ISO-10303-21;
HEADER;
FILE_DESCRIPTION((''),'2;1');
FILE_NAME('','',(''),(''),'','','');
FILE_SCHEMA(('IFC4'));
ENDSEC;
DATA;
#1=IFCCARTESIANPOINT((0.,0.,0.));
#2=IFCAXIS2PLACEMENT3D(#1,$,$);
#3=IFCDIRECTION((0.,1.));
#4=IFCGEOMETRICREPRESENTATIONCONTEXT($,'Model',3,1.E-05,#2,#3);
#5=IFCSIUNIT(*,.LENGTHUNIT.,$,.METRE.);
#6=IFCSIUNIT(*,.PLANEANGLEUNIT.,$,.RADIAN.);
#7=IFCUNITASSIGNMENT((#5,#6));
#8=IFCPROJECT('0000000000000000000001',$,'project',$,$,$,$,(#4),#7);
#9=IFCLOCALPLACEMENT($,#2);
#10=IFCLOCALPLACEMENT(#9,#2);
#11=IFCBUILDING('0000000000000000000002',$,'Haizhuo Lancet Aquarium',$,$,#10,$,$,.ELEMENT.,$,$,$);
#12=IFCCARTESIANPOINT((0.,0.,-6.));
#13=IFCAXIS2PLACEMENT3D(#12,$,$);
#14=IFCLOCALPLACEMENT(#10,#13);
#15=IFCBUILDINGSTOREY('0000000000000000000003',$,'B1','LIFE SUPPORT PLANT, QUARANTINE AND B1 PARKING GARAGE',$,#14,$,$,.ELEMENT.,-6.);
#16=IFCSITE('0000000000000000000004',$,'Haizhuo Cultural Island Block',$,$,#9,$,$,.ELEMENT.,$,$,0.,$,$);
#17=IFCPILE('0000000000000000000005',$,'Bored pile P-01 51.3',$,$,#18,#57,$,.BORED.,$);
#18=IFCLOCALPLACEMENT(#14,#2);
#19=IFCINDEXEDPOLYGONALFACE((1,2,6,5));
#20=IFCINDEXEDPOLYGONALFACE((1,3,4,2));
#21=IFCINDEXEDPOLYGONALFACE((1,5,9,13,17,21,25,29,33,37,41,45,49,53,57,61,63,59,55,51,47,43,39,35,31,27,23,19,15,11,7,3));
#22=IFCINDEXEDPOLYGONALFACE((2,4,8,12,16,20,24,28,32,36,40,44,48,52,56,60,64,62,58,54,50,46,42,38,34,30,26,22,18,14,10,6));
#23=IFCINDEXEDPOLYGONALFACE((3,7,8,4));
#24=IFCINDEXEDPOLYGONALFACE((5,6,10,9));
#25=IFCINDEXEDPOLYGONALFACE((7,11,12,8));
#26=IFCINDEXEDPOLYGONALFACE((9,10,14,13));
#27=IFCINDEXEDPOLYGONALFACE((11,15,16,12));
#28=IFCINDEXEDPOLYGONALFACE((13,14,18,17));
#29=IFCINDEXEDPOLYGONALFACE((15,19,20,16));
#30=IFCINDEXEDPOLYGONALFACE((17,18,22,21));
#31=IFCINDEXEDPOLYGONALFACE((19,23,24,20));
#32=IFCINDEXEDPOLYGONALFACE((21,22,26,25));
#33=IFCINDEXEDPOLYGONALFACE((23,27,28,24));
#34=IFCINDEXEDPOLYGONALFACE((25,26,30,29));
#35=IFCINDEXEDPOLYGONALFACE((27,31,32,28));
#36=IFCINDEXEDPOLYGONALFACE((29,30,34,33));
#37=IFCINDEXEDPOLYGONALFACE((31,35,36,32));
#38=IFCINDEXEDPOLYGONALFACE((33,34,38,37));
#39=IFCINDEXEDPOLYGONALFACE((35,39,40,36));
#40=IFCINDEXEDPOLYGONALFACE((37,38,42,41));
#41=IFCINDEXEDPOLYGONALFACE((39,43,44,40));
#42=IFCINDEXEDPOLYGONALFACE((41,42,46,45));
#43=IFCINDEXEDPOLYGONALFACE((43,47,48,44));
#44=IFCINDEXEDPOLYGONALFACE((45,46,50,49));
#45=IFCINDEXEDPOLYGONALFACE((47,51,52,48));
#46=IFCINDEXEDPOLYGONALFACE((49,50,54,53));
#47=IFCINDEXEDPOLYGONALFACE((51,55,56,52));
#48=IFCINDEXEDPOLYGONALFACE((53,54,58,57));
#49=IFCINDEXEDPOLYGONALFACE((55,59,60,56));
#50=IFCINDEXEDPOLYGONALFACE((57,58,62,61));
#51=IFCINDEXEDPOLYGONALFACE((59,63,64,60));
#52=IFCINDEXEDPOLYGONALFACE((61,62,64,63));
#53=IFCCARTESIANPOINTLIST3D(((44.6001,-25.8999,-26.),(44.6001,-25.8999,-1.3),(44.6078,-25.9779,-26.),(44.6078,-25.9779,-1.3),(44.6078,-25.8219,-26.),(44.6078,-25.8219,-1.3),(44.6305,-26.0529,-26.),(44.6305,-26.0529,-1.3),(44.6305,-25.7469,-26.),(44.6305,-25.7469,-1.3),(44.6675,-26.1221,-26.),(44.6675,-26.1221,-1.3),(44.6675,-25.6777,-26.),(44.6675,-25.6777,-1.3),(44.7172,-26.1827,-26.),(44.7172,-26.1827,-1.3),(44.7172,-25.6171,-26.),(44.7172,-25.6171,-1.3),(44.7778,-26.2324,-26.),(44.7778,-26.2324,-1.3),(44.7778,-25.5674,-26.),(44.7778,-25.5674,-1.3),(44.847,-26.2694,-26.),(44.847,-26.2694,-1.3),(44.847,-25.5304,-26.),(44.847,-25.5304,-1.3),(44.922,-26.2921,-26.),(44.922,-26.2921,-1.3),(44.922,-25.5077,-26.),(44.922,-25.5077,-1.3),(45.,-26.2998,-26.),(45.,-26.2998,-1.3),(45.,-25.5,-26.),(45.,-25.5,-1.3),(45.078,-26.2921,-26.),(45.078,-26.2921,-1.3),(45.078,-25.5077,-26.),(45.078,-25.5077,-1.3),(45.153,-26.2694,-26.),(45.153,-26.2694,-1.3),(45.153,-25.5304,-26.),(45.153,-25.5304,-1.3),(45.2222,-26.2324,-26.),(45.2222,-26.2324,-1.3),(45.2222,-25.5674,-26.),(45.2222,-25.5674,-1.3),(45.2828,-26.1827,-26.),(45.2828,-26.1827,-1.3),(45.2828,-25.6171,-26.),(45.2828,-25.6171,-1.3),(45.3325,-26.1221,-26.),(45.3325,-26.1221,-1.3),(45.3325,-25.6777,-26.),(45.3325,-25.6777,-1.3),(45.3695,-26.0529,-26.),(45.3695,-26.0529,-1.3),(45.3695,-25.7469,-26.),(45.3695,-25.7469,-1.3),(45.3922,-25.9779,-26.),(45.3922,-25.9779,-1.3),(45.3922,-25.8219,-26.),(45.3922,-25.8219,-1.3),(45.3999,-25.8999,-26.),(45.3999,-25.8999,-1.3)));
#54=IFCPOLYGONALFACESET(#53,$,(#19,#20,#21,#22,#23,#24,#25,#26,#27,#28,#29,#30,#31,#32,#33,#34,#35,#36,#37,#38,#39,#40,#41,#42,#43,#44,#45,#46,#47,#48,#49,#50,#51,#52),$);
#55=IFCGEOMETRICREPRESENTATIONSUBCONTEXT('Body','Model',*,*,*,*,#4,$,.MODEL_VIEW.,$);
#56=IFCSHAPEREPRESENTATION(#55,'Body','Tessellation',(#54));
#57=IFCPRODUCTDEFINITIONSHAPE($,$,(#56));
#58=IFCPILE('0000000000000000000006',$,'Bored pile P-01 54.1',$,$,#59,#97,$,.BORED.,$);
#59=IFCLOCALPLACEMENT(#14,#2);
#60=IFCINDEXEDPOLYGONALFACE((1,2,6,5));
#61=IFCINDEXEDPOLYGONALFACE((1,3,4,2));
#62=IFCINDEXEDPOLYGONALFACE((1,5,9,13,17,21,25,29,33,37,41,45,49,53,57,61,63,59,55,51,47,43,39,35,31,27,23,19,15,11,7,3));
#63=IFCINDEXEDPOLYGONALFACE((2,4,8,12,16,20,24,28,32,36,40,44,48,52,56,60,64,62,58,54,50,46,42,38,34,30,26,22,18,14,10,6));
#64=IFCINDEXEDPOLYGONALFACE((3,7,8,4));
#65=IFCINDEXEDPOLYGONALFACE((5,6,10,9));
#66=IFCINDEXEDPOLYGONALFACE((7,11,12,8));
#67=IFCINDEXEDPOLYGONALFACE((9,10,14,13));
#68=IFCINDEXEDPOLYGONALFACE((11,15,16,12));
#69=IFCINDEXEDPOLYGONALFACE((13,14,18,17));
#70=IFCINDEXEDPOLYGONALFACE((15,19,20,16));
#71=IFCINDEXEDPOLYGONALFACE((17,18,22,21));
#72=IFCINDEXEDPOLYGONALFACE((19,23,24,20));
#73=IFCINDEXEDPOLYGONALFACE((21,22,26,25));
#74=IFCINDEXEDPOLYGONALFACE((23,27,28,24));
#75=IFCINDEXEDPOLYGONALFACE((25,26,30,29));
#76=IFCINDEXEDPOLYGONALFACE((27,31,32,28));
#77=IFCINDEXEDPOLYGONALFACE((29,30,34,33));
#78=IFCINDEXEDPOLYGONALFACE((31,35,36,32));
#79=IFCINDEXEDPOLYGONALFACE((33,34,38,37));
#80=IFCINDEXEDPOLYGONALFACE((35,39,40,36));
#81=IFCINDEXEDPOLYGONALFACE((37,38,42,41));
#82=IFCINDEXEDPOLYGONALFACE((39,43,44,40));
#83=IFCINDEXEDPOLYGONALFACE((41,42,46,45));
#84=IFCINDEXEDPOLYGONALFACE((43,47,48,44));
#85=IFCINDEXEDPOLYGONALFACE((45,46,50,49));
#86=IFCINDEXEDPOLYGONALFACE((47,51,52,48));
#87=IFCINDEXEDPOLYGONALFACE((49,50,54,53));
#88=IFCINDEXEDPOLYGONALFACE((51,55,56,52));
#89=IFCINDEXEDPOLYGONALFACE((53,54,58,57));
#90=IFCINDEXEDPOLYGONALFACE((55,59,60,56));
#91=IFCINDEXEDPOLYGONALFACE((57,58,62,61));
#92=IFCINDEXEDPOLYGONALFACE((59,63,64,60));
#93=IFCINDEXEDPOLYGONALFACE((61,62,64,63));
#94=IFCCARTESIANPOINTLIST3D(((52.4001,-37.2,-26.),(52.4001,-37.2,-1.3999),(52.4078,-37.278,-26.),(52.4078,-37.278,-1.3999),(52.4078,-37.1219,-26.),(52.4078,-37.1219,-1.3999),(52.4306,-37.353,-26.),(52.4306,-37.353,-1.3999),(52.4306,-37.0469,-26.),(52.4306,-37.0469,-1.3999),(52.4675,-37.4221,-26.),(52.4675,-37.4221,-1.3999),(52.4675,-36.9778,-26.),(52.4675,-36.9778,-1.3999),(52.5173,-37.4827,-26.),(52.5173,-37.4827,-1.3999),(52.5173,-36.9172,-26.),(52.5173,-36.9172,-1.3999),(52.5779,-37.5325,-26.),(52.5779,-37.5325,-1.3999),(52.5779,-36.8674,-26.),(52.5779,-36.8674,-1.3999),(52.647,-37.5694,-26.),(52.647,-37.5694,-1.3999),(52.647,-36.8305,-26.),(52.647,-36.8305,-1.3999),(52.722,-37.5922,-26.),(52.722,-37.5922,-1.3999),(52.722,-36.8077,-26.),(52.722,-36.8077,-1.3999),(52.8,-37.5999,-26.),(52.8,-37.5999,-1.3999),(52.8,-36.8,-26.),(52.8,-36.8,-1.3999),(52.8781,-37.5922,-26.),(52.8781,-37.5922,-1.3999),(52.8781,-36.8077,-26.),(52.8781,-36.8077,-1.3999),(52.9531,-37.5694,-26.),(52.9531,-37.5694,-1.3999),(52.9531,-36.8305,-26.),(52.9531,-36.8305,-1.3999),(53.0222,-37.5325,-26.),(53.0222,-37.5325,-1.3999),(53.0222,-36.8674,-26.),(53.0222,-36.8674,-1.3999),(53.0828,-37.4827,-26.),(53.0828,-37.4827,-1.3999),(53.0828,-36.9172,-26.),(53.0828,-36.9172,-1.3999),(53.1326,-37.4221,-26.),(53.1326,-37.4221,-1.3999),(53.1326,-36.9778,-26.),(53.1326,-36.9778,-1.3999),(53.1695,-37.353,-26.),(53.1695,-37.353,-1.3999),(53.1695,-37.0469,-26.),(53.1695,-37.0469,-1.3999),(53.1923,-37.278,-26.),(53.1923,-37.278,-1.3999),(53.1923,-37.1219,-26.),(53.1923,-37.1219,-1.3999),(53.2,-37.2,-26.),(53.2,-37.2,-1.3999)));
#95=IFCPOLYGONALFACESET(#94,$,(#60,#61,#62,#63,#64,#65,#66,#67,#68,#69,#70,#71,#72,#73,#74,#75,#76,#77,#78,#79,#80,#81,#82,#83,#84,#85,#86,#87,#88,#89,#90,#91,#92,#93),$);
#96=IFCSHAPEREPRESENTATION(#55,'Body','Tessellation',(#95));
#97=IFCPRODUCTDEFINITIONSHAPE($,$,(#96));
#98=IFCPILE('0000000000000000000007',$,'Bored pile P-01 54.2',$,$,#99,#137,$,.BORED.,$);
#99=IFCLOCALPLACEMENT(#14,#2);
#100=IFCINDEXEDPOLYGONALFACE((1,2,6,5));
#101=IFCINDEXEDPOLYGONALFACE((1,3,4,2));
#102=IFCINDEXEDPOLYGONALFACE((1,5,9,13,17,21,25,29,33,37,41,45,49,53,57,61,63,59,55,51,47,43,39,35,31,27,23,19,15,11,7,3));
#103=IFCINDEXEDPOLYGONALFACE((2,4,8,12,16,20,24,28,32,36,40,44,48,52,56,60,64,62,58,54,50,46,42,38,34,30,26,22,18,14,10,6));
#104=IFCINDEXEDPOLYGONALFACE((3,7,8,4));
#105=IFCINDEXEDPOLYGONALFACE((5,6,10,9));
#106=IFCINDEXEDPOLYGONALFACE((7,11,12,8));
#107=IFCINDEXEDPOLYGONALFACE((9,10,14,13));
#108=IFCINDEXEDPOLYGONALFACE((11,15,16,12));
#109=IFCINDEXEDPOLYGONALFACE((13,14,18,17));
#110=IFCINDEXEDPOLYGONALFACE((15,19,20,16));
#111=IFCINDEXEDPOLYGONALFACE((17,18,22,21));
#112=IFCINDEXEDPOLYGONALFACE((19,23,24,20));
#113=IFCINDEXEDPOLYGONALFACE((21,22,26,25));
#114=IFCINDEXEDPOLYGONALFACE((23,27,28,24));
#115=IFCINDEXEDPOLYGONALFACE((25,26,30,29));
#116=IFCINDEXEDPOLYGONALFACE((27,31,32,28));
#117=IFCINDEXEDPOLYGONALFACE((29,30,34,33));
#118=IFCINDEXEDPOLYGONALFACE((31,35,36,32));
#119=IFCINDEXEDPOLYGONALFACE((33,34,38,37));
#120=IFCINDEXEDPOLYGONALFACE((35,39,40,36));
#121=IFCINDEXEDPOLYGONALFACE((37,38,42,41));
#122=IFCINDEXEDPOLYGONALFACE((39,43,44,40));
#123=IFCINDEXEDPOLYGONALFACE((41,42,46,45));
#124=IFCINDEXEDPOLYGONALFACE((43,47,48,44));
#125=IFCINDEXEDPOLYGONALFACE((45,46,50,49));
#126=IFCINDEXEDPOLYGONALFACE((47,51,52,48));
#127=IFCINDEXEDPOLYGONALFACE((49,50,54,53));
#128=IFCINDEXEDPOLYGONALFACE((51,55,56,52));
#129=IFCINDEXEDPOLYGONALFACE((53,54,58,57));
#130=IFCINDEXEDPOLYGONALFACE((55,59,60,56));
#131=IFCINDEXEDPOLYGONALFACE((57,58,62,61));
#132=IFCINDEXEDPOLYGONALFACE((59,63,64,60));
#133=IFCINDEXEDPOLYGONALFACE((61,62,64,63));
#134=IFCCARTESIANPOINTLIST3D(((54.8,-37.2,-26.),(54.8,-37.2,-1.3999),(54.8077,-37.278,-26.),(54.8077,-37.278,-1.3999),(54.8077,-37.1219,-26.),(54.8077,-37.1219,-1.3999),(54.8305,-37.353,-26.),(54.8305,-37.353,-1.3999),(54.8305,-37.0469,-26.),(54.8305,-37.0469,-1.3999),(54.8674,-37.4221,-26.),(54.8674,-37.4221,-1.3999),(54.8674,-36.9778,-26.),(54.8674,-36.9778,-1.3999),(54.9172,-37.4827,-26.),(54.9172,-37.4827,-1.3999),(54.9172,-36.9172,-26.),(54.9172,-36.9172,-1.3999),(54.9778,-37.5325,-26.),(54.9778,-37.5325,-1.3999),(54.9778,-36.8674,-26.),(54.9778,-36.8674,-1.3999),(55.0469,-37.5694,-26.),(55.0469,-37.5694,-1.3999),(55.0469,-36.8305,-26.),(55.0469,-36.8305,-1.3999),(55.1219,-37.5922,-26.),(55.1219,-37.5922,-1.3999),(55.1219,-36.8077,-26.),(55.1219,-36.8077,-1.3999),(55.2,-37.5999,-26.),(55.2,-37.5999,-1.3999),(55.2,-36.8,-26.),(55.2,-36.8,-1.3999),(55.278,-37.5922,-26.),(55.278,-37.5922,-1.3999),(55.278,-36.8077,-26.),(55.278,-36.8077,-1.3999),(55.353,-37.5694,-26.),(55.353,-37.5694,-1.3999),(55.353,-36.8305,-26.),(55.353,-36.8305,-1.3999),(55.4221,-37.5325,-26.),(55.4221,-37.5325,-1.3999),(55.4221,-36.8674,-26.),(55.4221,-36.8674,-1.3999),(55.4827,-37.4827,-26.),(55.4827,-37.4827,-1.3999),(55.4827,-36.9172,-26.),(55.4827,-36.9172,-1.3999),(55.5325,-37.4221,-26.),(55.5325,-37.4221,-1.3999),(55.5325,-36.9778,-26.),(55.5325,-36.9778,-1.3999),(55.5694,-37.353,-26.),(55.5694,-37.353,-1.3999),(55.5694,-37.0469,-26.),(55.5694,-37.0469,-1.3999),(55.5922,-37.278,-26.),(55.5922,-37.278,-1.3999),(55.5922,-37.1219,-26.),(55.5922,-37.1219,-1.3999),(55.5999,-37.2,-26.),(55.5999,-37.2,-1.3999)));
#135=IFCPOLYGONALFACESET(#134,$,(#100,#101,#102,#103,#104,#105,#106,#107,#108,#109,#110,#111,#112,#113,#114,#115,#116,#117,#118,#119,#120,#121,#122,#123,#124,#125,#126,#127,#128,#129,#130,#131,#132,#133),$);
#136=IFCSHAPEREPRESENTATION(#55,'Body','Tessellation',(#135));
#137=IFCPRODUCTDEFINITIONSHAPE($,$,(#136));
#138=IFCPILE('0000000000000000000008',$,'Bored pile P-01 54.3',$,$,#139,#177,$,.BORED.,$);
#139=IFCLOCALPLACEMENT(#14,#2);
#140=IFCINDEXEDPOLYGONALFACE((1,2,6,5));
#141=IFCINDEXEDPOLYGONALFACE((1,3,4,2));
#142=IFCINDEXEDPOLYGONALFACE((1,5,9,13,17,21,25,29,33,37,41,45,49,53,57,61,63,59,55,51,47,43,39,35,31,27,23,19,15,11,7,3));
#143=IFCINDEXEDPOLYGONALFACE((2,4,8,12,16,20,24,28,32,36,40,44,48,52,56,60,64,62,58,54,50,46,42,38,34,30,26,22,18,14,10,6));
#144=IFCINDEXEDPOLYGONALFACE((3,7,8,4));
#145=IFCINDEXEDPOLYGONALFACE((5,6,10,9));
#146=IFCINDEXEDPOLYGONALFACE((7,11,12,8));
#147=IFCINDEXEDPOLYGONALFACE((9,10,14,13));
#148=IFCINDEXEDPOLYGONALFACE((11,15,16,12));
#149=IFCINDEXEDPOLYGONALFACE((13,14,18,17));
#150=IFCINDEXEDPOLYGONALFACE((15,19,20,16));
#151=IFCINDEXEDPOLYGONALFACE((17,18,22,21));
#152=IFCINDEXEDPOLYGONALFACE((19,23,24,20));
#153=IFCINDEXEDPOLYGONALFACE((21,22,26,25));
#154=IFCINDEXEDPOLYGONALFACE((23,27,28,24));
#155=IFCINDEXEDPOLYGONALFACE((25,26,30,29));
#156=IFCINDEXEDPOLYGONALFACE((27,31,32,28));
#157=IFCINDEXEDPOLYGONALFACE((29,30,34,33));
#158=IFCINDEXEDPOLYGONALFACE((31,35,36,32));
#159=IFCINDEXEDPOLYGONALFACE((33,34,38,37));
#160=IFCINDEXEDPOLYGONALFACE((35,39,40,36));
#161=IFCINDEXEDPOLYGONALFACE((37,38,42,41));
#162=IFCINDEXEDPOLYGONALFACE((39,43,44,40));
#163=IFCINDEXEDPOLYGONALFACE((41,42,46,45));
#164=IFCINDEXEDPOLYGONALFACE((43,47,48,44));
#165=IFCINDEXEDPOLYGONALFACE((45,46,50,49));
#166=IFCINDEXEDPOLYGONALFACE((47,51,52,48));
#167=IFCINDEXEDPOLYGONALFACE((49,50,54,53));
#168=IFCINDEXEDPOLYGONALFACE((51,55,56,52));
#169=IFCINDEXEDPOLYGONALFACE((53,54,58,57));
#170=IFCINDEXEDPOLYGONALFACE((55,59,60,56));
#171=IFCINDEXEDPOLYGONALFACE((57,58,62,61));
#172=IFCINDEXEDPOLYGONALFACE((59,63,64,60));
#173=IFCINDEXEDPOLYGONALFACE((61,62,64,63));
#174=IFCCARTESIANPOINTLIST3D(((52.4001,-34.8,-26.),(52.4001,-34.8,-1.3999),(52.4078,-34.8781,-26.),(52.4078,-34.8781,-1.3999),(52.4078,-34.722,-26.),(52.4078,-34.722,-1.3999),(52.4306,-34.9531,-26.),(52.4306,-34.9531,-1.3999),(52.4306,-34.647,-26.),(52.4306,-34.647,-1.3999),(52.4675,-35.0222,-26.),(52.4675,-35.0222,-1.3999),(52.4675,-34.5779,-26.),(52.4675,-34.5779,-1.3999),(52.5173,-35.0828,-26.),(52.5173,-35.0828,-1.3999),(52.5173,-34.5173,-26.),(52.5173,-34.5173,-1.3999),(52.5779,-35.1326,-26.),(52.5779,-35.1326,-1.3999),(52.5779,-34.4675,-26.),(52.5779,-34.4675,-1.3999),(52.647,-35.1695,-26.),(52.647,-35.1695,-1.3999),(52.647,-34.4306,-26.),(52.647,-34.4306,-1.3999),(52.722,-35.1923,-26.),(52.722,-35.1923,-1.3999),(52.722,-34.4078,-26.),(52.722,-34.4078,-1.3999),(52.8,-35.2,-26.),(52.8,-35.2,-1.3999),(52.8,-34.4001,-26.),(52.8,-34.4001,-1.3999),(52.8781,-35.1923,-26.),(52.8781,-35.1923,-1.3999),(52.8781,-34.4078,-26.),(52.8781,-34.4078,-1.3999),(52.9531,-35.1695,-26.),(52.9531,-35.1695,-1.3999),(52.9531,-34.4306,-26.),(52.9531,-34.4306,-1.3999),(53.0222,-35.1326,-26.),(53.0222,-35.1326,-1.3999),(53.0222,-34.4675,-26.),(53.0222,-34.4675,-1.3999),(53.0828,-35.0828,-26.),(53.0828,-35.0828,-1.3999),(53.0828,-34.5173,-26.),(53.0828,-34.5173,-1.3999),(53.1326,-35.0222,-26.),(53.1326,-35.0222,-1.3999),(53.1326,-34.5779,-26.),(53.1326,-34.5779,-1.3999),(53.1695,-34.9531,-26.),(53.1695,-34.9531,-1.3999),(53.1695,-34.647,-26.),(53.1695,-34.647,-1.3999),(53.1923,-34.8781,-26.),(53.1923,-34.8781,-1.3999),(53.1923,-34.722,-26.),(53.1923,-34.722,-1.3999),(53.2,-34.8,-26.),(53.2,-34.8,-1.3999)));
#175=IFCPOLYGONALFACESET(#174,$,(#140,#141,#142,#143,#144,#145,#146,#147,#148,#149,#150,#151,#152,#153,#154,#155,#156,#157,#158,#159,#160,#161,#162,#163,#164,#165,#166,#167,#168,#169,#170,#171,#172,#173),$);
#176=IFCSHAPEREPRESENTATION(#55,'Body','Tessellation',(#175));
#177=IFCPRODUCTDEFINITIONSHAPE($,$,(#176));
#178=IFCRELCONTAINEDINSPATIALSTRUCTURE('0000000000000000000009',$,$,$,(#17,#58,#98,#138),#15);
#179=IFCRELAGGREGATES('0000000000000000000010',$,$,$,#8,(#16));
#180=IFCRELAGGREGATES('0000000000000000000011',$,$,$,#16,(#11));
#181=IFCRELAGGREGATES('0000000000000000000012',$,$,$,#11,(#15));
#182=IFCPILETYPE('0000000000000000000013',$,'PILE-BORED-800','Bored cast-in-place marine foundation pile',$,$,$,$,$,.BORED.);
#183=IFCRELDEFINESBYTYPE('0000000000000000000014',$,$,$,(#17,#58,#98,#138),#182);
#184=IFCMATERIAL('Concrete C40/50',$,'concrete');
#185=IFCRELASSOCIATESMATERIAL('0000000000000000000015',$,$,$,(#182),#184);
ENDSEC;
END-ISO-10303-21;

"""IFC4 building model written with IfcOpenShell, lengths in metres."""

from ifc_helpers import new_model, si_unit, direction, frame, origin, origin_2d, place, context, subcontext, project, spatial, circle, extrude, material, material_profile, profile_set, type_object, element, save


model = new_model("IFC4")

# Units and contexts
model_context = context("Model", 3, precision=1e-05, world=origin(), true_north=direction((0.0, 1.0)))
body_context = subcontext(model_context, "Body", "Model", "MODEL_VIEW")
ifc_project = project(units=[si_unit("LENGTHUNIT", "METRE"), si_unit("PLANEANGLEUNIT", "RADIAN")], contexts=[model_context])

# Site, building, storey
site_placement = place(None, origin())
site = spatial("IfcSite", under=ifc_project, at=site_placement, Name="Haizhuo Cultural Island Block", CompositionType="ELEMENT", RefElevation=0.0)
building_placement = place(site_placement, origin())
building = spatial("IfcBuilding", under=site, at=building_placement, Name="Haizhuo Lancet Aquarium", CompositionType="ELEMENT")
storey_placement = place(building_placement, frame((0.0, 0.0, -6.0)))
storey = spatial("IfcBuildingStorey", under=building, at=storey_placement, Name="B1", Description="LIFE SUPPORT PLANT, QUARANTINE AND B1 PARKING GARAGE", CompositionType="ELEMENT", Elevation=-6.0)

# Shared definitions
ifc_material_1 = material(Name="Concrete C40/50", Category="concrete")

# Piles
ifc_material_profile_1 = material_profile(ifc_material_1, circle(Radius=0.3999, at=origin_2d()), Name="PILE-800")
ifc_profile_set_1 = profile_set([ifc_material_profile_1], Name="Concrete C40/50")
pile_type = type_object("IfcPileType", Name="PILE-BORED-800", Description="Bored cast-in-place marine foundation pile", PredefinedType="BORED", material=ifc_profile_set_1)
for number, where, z_axis, x_axis, name in (
    (1, (45.0, -25.8999, -1.3), (0.0, 0.0, -1.0), (1.0, 0.0, 0.0), "Bored pile P-01 51.3"),
):
    element("IfcPile", number, at=place(storey_placement, frame(where, z_axis=z_axis, x_axis=x_axis)), inside=storey, type_object=pile_type, Name=name, PredefinedType="BORED", context=body_context, shape_type="SweptSolid", body=[
        extrude(circle(Radius=0.3999, at=origin_2d()), origin(), (0.0, 0.0, 1.0), 24.7),
    ])
for number, where, z_axis, x_axis, name in (
    (2, (52.8, -37.2, -1.3999), (0.0, 0.0, -1.0), (1.0, 0.0, 0.0), "Bored pile P-01 54.1"),
    (3, (55.2, -37.2, -1.3999), (0.0, 0.0, -1.0), (1.0, 0.0, 0.0), "Bored pile P-01 54.2"),
    (4, (52.8, -34.8, -1.3999), (0.0, 0.0, -1.0), (1.0, 0.0, 0.0), "Bored pile P-01 54.3"),
):
    element("IfcPile", number, at=place(storey_placement, frame(where, z_axis=z_axis, x_axis=x_axis)), inside=storey, type_object=pile_type, Name=name, PredefinedType="BORED", context=body_context, shape_type="SweptSolid", body=[
        extrude(circle(Radius=0.3999, at=origin_2d()), origin(), (0.0, 0.0, 1.0), 24.6001),
    ])

save(model, "model.ifc")
